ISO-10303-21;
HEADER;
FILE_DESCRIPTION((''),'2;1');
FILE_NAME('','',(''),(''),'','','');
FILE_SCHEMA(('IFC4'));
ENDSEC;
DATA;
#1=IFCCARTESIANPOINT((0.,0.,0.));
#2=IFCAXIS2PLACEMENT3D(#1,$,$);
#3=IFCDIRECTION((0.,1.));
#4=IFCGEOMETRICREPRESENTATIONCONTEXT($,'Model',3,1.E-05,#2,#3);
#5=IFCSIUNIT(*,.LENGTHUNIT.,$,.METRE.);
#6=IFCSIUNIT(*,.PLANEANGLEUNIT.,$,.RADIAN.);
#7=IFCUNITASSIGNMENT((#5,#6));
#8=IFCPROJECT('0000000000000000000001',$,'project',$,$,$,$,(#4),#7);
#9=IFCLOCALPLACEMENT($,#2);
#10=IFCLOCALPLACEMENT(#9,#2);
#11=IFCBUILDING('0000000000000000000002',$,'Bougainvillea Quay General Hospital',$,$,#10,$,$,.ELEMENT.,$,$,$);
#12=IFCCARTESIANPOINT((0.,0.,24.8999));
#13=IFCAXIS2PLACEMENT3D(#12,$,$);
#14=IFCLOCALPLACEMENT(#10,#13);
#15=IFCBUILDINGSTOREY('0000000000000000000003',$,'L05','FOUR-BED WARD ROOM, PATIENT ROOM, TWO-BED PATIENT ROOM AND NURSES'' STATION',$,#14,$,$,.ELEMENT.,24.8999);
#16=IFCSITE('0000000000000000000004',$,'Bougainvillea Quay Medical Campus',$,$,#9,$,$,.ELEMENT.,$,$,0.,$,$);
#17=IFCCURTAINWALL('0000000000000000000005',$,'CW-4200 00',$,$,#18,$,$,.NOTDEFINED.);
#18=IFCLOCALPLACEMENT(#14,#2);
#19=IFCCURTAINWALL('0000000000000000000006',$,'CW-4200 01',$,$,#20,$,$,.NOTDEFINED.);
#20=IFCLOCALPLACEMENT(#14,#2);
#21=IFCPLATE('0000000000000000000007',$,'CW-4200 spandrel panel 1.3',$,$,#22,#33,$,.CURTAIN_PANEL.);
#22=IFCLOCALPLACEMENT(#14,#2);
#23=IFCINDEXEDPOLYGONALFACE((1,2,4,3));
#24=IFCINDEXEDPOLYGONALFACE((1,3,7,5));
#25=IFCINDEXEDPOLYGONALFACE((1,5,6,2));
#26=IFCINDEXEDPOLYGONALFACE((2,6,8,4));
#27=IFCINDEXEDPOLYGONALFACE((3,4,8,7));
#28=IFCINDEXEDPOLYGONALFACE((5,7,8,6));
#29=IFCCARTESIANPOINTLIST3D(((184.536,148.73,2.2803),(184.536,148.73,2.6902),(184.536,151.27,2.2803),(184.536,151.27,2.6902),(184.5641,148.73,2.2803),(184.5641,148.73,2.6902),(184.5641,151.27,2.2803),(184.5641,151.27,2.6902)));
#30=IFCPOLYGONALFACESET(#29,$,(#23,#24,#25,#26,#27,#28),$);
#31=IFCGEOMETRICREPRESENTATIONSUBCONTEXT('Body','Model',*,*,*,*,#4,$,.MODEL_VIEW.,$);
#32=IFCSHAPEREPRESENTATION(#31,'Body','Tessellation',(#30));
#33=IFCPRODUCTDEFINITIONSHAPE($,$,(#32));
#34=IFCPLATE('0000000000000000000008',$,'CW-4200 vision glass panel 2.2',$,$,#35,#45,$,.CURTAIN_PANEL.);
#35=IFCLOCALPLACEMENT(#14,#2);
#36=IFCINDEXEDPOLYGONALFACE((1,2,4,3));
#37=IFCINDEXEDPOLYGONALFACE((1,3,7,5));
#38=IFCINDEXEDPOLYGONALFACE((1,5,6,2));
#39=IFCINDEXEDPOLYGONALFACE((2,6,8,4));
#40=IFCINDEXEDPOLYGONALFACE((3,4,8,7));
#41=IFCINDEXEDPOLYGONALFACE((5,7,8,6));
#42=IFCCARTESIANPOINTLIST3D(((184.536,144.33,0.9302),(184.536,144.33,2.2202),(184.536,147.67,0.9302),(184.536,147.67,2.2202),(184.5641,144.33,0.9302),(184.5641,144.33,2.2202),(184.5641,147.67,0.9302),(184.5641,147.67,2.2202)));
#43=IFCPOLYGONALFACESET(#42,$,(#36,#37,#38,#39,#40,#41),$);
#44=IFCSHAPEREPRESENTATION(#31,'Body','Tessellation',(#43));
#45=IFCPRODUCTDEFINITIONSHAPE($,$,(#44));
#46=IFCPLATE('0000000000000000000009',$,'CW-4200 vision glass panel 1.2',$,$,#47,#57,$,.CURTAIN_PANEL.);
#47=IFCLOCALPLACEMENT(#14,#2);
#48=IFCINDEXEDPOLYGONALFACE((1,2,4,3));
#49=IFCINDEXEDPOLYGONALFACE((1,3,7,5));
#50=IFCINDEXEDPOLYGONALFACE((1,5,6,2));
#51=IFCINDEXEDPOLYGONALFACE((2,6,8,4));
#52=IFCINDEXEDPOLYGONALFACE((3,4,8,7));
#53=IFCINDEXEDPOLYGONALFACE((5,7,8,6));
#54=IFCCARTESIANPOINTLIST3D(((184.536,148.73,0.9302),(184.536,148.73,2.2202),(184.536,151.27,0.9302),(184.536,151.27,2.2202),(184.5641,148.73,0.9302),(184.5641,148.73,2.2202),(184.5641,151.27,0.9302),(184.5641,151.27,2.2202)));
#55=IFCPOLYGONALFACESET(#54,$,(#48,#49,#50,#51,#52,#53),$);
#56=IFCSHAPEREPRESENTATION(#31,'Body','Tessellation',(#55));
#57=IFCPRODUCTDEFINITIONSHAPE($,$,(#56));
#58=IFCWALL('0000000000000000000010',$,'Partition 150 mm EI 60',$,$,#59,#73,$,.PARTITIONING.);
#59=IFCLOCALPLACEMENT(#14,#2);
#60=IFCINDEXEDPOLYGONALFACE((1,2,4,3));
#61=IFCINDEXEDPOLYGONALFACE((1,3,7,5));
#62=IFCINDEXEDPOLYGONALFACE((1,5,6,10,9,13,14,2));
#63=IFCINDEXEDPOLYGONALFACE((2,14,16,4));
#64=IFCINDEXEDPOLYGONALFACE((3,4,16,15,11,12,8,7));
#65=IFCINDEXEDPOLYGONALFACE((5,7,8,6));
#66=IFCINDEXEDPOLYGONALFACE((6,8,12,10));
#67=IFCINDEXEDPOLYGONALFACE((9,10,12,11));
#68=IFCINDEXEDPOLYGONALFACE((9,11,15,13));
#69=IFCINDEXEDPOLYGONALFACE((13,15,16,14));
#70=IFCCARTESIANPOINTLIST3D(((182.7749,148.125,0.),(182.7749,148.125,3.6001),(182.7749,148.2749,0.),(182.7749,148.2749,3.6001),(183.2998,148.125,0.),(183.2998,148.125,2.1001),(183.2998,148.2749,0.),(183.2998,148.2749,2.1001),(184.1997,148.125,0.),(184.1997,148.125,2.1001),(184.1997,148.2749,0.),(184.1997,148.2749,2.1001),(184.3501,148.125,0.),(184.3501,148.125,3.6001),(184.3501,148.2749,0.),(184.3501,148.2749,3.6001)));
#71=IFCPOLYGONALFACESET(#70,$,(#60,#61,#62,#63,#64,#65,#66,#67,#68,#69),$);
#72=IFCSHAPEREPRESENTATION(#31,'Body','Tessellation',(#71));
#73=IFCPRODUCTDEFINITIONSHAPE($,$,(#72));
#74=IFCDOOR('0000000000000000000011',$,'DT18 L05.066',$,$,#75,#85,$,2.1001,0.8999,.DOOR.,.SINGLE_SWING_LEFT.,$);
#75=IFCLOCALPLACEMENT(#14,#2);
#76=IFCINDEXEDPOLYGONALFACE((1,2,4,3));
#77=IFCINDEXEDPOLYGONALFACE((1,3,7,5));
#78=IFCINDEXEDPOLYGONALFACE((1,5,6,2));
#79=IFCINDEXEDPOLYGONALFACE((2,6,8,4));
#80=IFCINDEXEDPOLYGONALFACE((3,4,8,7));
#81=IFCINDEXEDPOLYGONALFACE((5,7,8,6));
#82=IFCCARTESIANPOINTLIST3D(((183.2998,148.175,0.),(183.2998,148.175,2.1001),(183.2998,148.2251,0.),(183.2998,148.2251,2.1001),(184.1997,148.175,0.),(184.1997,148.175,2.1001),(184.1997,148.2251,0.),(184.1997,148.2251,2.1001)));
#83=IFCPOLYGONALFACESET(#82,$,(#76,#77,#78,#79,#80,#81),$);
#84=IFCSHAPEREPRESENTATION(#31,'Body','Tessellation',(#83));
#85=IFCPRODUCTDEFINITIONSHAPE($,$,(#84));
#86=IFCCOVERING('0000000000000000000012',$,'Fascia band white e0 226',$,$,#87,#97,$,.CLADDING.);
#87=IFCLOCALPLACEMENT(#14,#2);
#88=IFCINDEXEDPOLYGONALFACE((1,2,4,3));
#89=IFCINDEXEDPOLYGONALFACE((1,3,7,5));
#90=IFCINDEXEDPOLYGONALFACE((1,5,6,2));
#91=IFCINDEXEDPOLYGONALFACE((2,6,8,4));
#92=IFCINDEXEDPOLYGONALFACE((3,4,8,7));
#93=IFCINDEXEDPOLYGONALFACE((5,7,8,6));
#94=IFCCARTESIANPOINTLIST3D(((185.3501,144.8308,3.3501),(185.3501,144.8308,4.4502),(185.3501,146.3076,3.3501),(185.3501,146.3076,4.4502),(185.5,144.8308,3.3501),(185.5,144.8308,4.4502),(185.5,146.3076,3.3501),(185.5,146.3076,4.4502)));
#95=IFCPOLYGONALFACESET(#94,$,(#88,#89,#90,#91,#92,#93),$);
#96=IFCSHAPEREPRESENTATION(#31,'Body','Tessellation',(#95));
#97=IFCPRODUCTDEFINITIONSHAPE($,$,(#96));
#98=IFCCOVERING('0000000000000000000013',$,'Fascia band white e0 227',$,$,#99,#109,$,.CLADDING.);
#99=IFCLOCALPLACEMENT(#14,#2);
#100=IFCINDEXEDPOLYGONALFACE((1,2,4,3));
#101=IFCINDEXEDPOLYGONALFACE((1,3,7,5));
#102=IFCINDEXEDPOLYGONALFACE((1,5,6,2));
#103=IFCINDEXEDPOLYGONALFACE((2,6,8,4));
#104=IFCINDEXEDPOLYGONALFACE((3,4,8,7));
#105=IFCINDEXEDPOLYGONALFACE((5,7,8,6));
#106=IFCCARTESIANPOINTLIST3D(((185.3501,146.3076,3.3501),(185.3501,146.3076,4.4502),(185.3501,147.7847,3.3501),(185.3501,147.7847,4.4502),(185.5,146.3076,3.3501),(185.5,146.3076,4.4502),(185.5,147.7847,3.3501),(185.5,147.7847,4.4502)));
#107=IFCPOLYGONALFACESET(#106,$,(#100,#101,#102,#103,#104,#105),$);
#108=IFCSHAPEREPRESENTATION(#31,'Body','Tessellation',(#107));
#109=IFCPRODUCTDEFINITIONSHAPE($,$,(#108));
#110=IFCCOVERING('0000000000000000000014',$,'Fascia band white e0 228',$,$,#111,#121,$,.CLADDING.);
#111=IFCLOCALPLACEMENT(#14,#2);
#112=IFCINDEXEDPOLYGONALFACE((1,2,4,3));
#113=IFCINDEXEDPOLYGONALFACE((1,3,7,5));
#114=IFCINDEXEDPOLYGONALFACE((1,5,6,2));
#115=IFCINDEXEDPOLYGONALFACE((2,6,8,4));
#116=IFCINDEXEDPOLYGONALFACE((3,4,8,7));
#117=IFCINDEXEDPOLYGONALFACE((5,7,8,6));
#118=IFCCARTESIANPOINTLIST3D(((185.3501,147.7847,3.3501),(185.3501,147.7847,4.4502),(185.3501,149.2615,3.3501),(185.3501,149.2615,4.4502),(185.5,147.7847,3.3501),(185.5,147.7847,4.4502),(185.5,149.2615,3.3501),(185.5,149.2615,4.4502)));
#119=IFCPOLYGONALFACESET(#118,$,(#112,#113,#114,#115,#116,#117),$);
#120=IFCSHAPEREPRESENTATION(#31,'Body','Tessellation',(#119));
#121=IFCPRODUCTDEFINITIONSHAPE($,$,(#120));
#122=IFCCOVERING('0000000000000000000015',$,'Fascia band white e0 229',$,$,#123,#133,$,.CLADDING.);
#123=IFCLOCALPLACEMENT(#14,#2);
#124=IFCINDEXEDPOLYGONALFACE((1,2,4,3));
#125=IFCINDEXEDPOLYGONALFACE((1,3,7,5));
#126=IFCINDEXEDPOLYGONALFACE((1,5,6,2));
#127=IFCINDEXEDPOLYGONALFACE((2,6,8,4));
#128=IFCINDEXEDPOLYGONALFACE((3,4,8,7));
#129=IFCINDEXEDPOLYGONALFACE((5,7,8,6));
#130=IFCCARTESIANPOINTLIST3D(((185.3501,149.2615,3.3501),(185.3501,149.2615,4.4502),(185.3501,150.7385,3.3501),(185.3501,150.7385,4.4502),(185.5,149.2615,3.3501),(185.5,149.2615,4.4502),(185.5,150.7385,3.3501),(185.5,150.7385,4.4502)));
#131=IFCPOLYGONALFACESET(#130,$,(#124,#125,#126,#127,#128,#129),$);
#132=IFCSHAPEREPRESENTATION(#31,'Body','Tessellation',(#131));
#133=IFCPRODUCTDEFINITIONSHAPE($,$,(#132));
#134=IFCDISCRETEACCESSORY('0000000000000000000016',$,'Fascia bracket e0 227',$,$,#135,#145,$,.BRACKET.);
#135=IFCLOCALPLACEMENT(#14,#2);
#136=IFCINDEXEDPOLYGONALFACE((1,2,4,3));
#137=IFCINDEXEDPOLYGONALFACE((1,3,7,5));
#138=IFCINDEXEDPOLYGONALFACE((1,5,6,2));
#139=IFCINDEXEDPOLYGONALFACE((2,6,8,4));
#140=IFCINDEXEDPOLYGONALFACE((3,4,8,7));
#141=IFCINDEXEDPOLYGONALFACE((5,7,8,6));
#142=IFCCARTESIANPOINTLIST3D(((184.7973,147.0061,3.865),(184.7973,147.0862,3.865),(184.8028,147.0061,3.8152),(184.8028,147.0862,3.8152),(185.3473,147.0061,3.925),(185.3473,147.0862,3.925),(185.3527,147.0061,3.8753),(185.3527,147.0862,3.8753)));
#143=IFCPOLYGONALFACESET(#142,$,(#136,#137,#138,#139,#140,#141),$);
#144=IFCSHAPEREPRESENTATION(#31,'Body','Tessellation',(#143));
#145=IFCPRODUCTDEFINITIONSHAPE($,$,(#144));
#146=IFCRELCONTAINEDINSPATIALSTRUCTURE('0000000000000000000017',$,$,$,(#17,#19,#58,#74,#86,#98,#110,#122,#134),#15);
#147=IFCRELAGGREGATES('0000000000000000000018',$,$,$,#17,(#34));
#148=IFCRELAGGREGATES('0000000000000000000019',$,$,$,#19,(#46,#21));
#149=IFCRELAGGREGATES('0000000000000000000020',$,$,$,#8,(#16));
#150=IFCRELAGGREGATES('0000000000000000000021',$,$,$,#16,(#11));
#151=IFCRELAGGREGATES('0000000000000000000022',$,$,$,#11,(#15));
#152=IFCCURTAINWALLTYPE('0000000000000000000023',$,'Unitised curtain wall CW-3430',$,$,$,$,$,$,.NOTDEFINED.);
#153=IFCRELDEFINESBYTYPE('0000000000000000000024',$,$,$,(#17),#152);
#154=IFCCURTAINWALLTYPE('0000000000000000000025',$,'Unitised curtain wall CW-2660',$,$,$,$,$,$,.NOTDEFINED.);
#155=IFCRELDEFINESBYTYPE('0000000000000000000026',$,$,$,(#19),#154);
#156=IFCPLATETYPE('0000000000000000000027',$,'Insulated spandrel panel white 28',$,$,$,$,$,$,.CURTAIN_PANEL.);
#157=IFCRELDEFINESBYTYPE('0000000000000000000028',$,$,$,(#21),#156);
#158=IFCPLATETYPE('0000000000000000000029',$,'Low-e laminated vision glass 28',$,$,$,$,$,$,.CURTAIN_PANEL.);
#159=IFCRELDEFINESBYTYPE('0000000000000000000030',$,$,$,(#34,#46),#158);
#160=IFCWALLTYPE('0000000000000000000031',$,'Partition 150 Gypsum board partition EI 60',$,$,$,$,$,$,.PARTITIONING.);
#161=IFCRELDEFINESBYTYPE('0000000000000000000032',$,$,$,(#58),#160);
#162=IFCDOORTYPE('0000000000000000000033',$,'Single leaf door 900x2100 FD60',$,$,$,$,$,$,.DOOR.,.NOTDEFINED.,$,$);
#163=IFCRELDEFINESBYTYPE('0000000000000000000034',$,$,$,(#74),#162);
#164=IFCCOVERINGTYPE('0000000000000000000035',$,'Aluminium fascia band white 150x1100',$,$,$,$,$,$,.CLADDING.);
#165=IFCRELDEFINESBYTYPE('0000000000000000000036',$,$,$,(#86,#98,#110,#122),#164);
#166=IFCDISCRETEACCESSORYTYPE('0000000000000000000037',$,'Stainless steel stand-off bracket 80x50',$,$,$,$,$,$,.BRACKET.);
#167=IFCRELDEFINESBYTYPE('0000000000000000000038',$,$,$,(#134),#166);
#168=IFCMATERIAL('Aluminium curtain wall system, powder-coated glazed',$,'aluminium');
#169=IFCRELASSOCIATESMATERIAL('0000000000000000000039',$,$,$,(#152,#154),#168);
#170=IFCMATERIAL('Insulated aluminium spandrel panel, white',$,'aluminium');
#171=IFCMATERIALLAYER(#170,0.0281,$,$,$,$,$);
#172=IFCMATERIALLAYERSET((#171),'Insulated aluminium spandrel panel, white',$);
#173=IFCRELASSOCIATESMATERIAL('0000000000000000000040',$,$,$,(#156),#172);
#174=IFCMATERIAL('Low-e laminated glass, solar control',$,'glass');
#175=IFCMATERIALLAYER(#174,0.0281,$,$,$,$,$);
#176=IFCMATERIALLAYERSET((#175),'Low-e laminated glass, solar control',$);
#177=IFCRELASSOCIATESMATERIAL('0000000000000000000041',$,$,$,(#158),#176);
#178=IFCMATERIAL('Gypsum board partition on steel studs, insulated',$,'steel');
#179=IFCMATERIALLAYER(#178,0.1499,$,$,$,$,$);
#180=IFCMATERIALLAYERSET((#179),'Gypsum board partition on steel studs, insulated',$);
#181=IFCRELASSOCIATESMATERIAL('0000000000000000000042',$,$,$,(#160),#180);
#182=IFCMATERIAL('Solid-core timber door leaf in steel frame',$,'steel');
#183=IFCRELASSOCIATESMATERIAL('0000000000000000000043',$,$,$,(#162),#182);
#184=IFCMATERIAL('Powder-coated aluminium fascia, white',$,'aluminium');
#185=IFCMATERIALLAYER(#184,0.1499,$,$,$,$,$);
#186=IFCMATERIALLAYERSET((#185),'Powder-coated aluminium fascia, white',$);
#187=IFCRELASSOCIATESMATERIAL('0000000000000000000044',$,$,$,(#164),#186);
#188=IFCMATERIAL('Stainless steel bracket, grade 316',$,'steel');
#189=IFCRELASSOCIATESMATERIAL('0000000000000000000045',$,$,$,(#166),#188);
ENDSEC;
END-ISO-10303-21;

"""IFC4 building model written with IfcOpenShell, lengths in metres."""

from ifc_helpers import new_model, si_unit, direction, frame, frame_2d, origin, origin_2d, place, context, subcontext, project, spatial, polyline, rectangle, outline, extrude, material, layer, layer_set, material_profile, profile_set, type_object, element, fill, aggregate, save


model = new_model("IFC4")

# Units and contexts
model_context = context("Model", 3, precision=1e-05, world=origin(), true_north=direction((0.0, 1.0)))
body_context = subcontext(model_context, "Body", "Model", "MODEL_VIEW")
ifc_project = project(units=[si_unit("LENGTHUNIT", "METRE"), si_unit("PLANEANGLEUNIT", "RADIAN")], contexts=[model_context])

# Site, building, storey
site_placement = place(None, origin())
site = spatial("IfcSite", under=ifc_project, at=site_placement, Name="Bougainvillea Quay Medical Campus", CompositionType="ELEMENT", RefElevation=0.0)
building_placement = place(site_placement, origin())
building = spatial("IfcBuilding", under=site, at=building_placement, Name="Bougainvillea Quay General Hospital", CompositionType="ELEMENT")
storey_placement = place(building_placement, frame((0.0, 0.0, 24.8999)))
storey = spatial("IfcBuildingStorey", under=building, at=storey_placement, Name="L05", Description="FOUR-BED WARD ROOM, PATIENT ROOM, TWO-BED PATIENT ROOM AND NURSES' STATION", CompositionType="ELEMENT", Elevation=24.8999)

# Curtain walls
ifc_material_1 = material(Name="Aluminium curtain wall system, powder-coated glazed", Category="aluminium")
curtain_wall_type_1 = type_object("IfcCurtainWallType", Name="Unitised curtain wall CW-3430", PredefinedType="NOTDEFINED", material=ifc_material_1)
curtain_wall_1_placement = place(storey_placement, origin())
curtain_wall_1 = element("IfcCurtainWall", 1, at=curtain_wall_1_placement, inside=storey, type_object=curtain_wall_type_1, Name="CW-4200 00", PredefinedType="NOTDEFINED")
curtain_wall_type_2 = type_object("IfcCurtainWallType", Name="Unitised curtain wall CW-2660", PredefinedType="NOTDEFINED", material=ifc_material_1)
curtain_wall_2_placement = place(storey_placement, origin())
curtain_wall_2 = element("IfcCurtainWall", 2, at=curtain_wall_2_placement, inside=storey, type_object=curtain_wall_type_2, Name="CW-4200 01", PredefinedType="NOTDEFINED")

# Plates
ifc_material_2 = material(Name="Insulated aluminium spandrel panel, white", Category="aluminium")
ifc_layer_1 = layer(ifc_material_2, 0.0281)
ifc_layer_set_1 = layer_set([ifc_layer_1], Name="Insulated aluminium spandrel panel, white")
plate_type_1 = type_object("IfcPlateType", Name="Insulated spandrel panel white 28", PredefinedType="CURTAIN_PANEL", material=ifc_layer_set_1)
plate_1_placement = place(storey_placement, frame((184.55, 150.0, 2.2803), z_axis=(0.0, 0.0, 1.0), x_axis=(0.0, 1.0, 0.0)))
plate_1 = element("IfcPlate", 3, at=plate_1_placement, type_object=plate_type_1, Name="CW-4200 spandrel panel 1.3", PredefinedType="CURTAIN_PANEL", context=body_context, shape_type="SweptSolid", body=[
    extrude(rectangle(XDim=2.54, YDim=0.0281, at=origin_2d()), origin(), (0.0, 0.0, 1.0), 0.4099),
])
ifc_material_3 = material(Name="Low-e laminated glass, solar control", Category="glass")
ifc_layer_2 = layer(ifc_material_3, 0.0281)
ifc_layer_set_2 = layer_set([ifc_layer_2], Name="Low-e laminated glass, solar control")
plate_type_2 = type_object("IfcPlateType", Name="Low-e laminated vision glass 28", PredefinedType="CURTAIN_PANEL", material=ifc_layer_set_2)
plate_2_placement = place(storey_placement, frame((184.55, 146.0, 0.9302), z_axis=(0.0, 0.0, 1.0), x_axis=(0.0, 1.0, 0.0)))
plate_2 = element("IfcPlate", 4, at=plate_2_placement, type_object=plate_type_2, Name="CW-4200 vision glass panel 2.2", PredefinedType="CURTAIN_PANEL", context=body_context, shape_type="SweptSolid", body=[
    extrude(rectangle(XDim=3.3401, YDim=0.0281, at=origin_2d()), origin(), (0.0, 0.0, 1.0), 1.29),
])
aggregate(curtain_wall_1, [plate_2])
plate_3_placement = place(storey_placement, frame((184.55, 150.0, 0.9302), z_axis=(0.0, 0.0, 1.0), x_axis=(0.0, 1.0, 0.0)))
plate_3 = element("IfcPlate", 5, at=plate_3_placement, type_object=plate_type_2, Name="CW-4200 vision glass panel 1.2", PredefinedType="CURTAIN_PANEL", context=body_context, shape_type="SweptSolid", body=[
    extrude(rectangle(XDim=2.54, YDim=0.0281, at=origin_2d()), origin(), (0.0, 0.0, 1.0), 1.29),
])
aggregate(curtain_wall_2, [plate_3, plate_1])

# Wall, opening, door
ifc_material_4 = material(Name="Gypsum board partition on steel studs, insulated", Category="steel")
ifc_layer_3 = layer(ifc_material_4, 0.1499)
ifc_layer_set_3 = layer_set([ifc_layer_3], Name="Gypsum board partition on steel studs, insulated")
wall_type = type_object("IfcWallType", Name="Partition 150 Gypsum board partition EI 60", PredefinedType="PARTITIONING", material=ifc_layer_set_3)
wall_placement = place(storey_placement, frame((182.7749, 148.2, 0.0), z_axis=(0.0, 0.0, 1.0), x_axis=(1.0, 0.0, 0.0)))
wall = element("IfcWall", 6, at=wall_placement, inside=storey, type_object=wall_type, Name="Partition 150 mm EI 60", PredefinedType="PARTITIONING", context=body_context, shape_type="SweptSolid", body=[
    extrude(rectangle(XDim=1.5752, YDim=0.1499, at=frame_2d((0.7876, 0.0))), origin(), (0.0, 0.0, 1.0), 3.6001),
])
opening_placement = place(wall_placement, frame((0.5249, 0.0, 0.0)))
opening = element("IfcOpeningElement", 7, at=opening_placement, cuts=wall, PredefinedType="OPENING", context=body_context, shape_type="SweptSolid", body=[
    extrude(rectangle(XDim=0.8999, YDim=2.1001, at=frame_2d((0.45, 1.05))), frame((0.0, 0.085, 0.0), z_axis=(0.0, -1.0, 0.0), x_axis=(1.0, 0.0, 0.0)), (0.0, 0.0, 1.0), 0.1699),
])
ifc_material_5 = material(Name="Solid-core timber door leaf in steel frame", Category="steel")
door_type = type_object("IfcDoorType", Name="Single leaf door 900x2100 FD60", OperationType="NOTDEFINED", PredefinedType="DOOR", material=ifc_material_5)
door_placement = place(opening_placement, frame((0.8999, 0.0, 0.0), z_axis=(0.0, 0.0, 1.0), x_axis=(-1.0, 0.0, 0.0)))
door = element("IfcDoor", 8, at=door_placement, inside=storey, type_object=door_type, Name="DT18 L05.066", OperationType="SINGLE_SWING_LEFT", OverallHeight=2.1001, OverallWidth=0.8999, PredefinedType="DOOR", context=body_context, shape_type="SweptSolid", body=[
    extrude(rectangle(XDim=0.8999, YDim=2.1001, at=frame_2d((0.45, 1.05))), frame((0.0, 0.0249, 0.0), z_axis=(0.0, -1.0, 0.0), x_axis=(1.0, 0.0, 0.0)), (0.0, 0.0, 1.0), 0.05),
])
fill(opening, door)

# Coverings
ifc_material_6 = material(Name="Powder-coated aluminium fascia, white", Category="aluminium")
ifc_layer_4 = layer(ifc_material_6, 0.1499)
ifc_layer_set_4 = layer_set([ifc_layer_4], Name="Powder-coated aluminium fascia, white")
covering_type = type_object("IfcCoveringType", Name="Aluminium fascia band white 150x1100", PredefinedType="CLADDING", material=ifc_layer_set_4)
covering_1_placement = place(storey_placement, frame((185.3501, 144.8308, 3.3501), z_axis=(0.0, 0.0, 1.0), x_axis=(0.0, 1.0, 0.0)))
element("IfcCovering", 9, at=covering_1_placement, inside=storey, type_object=covering_type, Name="Fascia band white e0 226", PredefinedType="CLADDING", context=body_context, shape_type="SweptSolid", body=[
    extrude(outline(polyline([(0.0, 0.0), (1.4768, 0.0), (1.4768, -0.1499), (0.0, -0.1499), (0.0, 0.0)])), origin(), (0.0, 0.0, 1.0), 1.1001),
])
covering_2_placement = place(storey_placement, frame((185.3501, 146.3076, 3.3501), z_axis=(0.0, 0.0, 1.0), x_axis=(0.0, 1.0, 0.0)))
element("IfcCovering", 10, at=covering_2_placement, inside=storey, type_object=covering_type, Name="Fascia band white e0 227", PredefinedType="CLADDING", context=body_context, shape_type="SweptSolid", body=[
    extrude(outline(polyline([(0.0, 0.0), (1.4771, 0.0), (1.4771, -0.1499), (0.0, -0.1499), (0.0, 0.0)])), origin(), (0.0, 0.0, 1.0), 1.1001),
])
covering_3_placement = place(storey_placement, frame((185.3501, 147.7847, 3.3501), z_axis=(0.0, 0.0, 1.0), x_axis=(0.0, 1.0, 0.0)))
element("IfcCovering", 11, at=covering_3_placement, inside=storey, type_object=covering_type, Name="Fascia band white e0 228", PredefinedType="CLADDING", context=body_context, shape_type="SweptSolid", body=[
    extrude(outline(polyline([(0.0, 0.0), (1.4768, 0.0), (1.4768, -0.1499), (0.0, -0.1499), (0.0, 0.0)])), origin(), (0.0, 0.0, 1.0), 1.1001),
])
covering_4_placement = place(storey_placement, frame((185.3501, 149.2615, 3.3501), z_axis=(0.0, 0.0, 1.0), x_axis=(0.0, 1.0, 0.0)))
element("IfcCovering", 12, at=covering_4_placement, inside=storey, type_object=covering_type, Name="Fascia band white e0 229", PredefinedType="CLADDING", context=body_context, shape_type="SweptSolid", body=[
    extrude(outline(polyline([(0.0, 0.0), (1.4771, 0.0), (1.4771, -0.1499), (0.0, -0.1499), (0.0, 0.0)])), origin(), (0.0, 0.0, 1.0), 1.1001),
])

# Discrete accessory
ifc_material_7 = material(Name="Stainless steel bracket, grade 316", Category="steel")
ifc_material_profile_1 = material_profile(ifc_material_7, rectangle(XDim=0.0801, YDim=0.05, at=origin_2d()))
ifc_profile_set_1 = profile_set([ifc_material_profile_1], Name="Stainless steel bracket, grade 316")
discrete_accessory_type = type_object("IfcDiscreteAccessoryType", Name="Stainless steel stand-off bracket 80x50", PredefinedType="BRACKET", material=ifc_profile_set_1)
discrete_accessory_placement = place(storey_placement, frame((184.8, 147.0461, 3.8401), z_axis=(0.994092, 0.0, 0.108543), x_axis=(0.0, 1.0, 0.0)))
element("IfcDiscreteAccessory", 13, at=discrete_accessory_placement, inside=storey, type_object=discrete_accessory_type, Name="Fascia bracket e0 227", PredefinedType="BRACKET", context=body_context, shape_type="SweptSolid", body=[
    extrude(rectangle(XDim=0.0801, YDim=0.05, at=origin_2d()), origin(), (0.0, 0.0, 1.0), 0.5532),
])

save(model, "model.ifc")
